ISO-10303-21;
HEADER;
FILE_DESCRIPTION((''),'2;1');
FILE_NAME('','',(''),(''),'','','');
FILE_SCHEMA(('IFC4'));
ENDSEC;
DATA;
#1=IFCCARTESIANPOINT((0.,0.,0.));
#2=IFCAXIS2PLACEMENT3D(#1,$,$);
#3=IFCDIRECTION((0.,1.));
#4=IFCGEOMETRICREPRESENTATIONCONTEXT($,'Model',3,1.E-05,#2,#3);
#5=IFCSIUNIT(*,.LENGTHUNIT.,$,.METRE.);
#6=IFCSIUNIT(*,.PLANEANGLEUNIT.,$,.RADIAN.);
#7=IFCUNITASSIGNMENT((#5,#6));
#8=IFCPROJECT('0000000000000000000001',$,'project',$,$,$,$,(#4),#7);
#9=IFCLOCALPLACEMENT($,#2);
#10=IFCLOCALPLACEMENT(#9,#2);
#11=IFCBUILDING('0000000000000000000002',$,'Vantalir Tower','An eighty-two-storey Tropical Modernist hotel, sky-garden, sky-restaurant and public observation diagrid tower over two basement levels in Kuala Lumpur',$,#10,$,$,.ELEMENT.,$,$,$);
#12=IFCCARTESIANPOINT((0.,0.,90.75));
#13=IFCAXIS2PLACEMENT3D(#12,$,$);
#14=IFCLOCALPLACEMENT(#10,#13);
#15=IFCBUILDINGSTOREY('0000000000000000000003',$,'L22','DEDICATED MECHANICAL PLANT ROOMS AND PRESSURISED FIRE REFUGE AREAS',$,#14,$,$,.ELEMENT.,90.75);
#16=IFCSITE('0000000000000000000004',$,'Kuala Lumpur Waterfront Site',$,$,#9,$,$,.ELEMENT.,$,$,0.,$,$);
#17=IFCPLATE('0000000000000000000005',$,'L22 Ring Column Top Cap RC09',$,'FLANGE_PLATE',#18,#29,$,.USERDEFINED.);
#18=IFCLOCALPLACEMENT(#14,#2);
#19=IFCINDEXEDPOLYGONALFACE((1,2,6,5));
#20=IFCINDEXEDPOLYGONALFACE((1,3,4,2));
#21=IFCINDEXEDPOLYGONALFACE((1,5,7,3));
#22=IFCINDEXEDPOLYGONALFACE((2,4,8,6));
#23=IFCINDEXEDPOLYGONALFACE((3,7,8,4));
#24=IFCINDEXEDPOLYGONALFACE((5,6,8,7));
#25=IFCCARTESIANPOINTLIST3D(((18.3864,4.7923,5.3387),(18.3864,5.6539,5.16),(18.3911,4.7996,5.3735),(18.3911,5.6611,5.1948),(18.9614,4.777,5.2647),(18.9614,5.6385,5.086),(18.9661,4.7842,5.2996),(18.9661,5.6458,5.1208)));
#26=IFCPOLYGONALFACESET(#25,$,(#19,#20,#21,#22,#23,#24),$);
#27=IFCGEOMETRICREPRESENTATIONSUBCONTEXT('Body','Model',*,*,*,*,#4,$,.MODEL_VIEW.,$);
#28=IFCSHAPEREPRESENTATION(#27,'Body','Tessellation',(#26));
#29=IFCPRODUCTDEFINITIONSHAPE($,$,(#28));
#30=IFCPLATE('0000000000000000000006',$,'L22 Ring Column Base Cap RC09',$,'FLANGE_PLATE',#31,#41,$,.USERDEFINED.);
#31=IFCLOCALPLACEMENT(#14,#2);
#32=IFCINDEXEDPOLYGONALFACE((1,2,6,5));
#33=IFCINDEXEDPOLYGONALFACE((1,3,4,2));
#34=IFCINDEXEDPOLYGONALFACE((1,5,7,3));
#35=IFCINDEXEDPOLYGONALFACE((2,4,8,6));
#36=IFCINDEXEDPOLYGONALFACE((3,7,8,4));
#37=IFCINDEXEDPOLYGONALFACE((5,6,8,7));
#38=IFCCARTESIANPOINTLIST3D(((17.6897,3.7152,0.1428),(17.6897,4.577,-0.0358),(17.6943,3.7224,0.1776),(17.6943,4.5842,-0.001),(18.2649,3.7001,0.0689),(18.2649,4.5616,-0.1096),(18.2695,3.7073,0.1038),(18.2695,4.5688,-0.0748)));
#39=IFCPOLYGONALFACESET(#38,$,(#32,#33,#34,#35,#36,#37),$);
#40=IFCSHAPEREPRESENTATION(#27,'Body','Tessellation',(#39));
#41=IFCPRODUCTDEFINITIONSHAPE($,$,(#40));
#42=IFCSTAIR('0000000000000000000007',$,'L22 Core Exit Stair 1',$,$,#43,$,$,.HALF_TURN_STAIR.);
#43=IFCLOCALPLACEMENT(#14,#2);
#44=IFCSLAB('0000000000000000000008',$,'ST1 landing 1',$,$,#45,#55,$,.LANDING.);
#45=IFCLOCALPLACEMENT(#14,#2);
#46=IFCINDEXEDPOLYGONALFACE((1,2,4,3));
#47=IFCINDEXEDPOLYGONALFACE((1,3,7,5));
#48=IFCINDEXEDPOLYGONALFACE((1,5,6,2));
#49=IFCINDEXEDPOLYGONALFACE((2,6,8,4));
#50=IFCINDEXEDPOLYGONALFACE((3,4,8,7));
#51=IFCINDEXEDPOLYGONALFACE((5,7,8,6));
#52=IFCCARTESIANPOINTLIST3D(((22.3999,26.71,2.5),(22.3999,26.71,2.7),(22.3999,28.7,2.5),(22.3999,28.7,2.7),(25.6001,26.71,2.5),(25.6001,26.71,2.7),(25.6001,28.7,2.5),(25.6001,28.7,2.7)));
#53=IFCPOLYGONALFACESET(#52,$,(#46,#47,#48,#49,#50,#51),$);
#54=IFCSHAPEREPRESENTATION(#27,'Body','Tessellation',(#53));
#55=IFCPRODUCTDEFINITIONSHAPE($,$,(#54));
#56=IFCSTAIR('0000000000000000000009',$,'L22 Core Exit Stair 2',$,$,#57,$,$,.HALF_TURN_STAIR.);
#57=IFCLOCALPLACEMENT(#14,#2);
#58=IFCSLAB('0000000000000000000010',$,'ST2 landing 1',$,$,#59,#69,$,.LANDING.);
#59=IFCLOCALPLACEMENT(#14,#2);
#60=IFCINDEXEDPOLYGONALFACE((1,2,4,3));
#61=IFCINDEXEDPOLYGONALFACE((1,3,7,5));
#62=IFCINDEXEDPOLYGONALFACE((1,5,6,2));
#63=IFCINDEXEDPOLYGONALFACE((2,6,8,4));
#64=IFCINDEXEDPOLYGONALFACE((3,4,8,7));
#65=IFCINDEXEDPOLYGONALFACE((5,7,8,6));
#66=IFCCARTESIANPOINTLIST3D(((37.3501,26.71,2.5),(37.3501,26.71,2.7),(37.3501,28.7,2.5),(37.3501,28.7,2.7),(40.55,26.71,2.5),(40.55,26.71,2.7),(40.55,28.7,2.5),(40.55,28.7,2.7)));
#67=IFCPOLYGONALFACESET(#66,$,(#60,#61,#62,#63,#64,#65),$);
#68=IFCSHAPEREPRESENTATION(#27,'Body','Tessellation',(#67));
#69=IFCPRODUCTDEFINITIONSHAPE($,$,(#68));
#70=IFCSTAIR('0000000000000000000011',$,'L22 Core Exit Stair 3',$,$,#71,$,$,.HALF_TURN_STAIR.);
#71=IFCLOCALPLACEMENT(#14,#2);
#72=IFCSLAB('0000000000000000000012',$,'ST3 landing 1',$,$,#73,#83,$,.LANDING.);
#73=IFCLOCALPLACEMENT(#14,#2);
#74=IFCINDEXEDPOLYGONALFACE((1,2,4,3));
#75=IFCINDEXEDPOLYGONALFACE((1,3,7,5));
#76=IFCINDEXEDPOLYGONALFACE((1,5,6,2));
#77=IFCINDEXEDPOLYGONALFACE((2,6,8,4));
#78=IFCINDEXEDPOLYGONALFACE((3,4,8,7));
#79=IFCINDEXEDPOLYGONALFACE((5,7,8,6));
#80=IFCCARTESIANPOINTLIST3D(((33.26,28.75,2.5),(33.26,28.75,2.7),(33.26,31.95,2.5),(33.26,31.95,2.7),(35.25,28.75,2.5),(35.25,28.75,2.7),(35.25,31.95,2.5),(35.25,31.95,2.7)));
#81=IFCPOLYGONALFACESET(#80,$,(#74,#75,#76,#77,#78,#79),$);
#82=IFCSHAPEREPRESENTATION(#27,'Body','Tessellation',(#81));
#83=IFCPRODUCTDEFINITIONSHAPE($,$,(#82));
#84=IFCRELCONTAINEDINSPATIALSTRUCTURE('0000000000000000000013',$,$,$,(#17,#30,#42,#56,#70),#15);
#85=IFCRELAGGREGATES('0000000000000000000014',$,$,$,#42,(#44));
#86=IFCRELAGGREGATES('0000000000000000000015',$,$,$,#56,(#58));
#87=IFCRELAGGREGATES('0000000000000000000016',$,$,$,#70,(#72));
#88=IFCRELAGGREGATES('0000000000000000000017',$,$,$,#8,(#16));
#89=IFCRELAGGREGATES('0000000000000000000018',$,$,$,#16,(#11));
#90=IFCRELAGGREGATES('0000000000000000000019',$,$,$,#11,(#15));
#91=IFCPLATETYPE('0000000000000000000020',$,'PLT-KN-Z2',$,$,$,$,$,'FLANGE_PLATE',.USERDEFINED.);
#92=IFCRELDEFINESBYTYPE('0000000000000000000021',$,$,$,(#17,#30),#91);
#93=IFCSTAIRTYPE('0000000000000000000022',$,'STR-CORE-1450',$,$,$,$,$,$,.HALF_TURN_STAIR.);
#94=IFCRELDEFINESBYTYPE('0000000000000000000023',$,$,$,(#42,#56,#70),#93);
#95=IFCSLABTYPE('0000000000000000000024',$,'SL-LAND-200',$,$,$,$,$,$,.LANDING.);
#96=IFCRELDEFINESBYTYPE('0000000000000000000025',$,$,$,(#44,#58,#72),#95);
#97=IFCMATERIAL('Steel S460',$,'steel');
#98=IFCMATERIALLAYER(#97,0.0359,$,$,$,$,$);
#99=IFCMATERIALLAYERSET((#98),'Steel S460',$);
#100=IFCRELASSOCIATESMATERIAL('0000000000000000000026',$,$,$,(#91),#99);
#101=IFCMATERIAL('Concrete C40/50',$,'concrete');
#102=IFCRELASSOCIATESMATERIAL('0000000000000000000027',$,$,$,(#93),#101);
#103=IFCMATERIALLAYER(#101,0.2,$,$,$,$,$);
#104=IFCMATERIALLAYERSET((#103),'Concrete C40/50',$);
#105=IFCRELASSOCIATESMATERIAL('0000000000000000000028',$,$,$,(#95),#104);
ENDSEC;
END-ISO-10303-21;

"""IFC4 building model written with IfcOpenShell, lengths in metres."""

from ifc_helpers import new_model, si_unit, direction, frame, origin, place, context, subcontext, project, spatial, polyline, outline, extrude, material, layer, layer_set, type_object, element, aggregate, save


model = new_model("IFC4")

# Units and contexts
model_context = context("Model", 3, precision=1e-05, world=origin(), true_north=direction((0.0, 1.0)))
body_context = subcontext(model_context, "Body", "Model", "MODEL_VIEW")
ifc_project = project(units=[si_unit("LENGTHUNIT", "METRE"), si_unit("PLANEANGLEUNIT", "RADIAN")], contexts=[model_context])

# Site, building, storey
site_placement = place(None, origin())
site = spatial("IfcSite", under=ifc_project, at=site_placement, Name="Kuala Lumpur Waterfront Site", CompositionType="ELEMENT", RefElevation=0.0)
building_placement = place(site_placement, origin())
building = spatial("IfcBuilding", under=site, at=building_placement, Name="Vantalir Tower", Description="An eighty-two-storey Tropical Modernist hotel, sky-garden, sky-restaurant and public observation diagrid tower over two basement levels in Kuala Lumpur", CompositionType="ELEMENT")
storey_placement = place(building_placement, frame((0.0, 0.0, 90.75)))
storey = spatial("IfcBuildingStorey", under=building, at=storey_placement, Name="L22", Description="DEDICATED MECHANICAL PLANT ROOMS AND PRESSURISED FIRE REFUGE AREAS", CompositionType="ELEMENT", Elevation=90.75)

# Shared definitions
ifc_material_1 = material(Name="Steel S460", Category="steel")

# Plates
ifc_layer_1 = layer(ifc_material_1, 0.0359)
ifc_layer_set_1 = layer_set([ifc_layer_1], Name="Steel S460")
plate_type_1 = type_object("IfcPlateType", Name="PLT-KN-Z2", ElementType="FLANGE_PLATE", PredefinedType="USERDEFINED", material=ifc_layer_set_1)
plate_1_placement = place(storey_placement, frame((18.3911, 5.6611, 5.1948), z_axis=(0.130294, 0.20137, 0.970811), x_axis=(0.0, -0.979158, 0.203101)))
element("IfcPlate", 1, at=plate_1_placement, inside=storey, type_object=plate_type_1, Name="L22 Ring Column Top Cap RC09", ObjectType="FLANGE_PLATE", PredefinedType="USERDEFINED", context=body_context, shape_type="SweptSolid", body=[
    extrude(outline(polyline([(0.0, 0.0), (0.8799, 0.0), (0.8799, 0.5799), (0.0, 0.5799), (0.0, 0.0)])), origin(), (0.0, 0.0, -1.0), 0.0359),
])
plate_2_placement = place(storey_placement, frame((17.6943, 4.5842, -0.001), z_axis=(0.129995, 0.201218, 0.970882), x_axis=(-0.000014, -0.979191, 0.202942)))
element("IfcPlate", 2, at=plate_2_placement, inside=storey, type_object=plate_type_1, Name="L22 Ring Column Base Cap RC09", ObjectType="FLANGE_PLATE", PredefinedType="USERDEFINED", context=body_context, shape_type="SweptSolid", body=[
    extrude(outline(polyline([(0.0, 0.0), (0.8802, 0.0), (0.88, 0.5801), (0.0001, 0.5801), (0.0, 0.0)])), origin(), (0.0, 0.0, -1.0), 0.0359),
])

# Stairs, slabs
ifc_material_2 = material(Name="Concrete C40/50", Category="concrete")
stair_type = type_object("IfcStairType", Name="STR-CORE-1450", PredefinedType="HALF_TURN_STAIR", material=ifc_material_2)
stair_1_placement = place(storey_placement, origin())
stair_1 = element("IfcStair", 3, at=stair_1_placement, inside=storey, type_object=stair_type, Name="L22 Core Exit Stair 1", PredefinedType="HALF_TURN_STAIR")
ifc_layer_2 = layer(ifc_material_2, 0.2)
ifc_layer_set_2 = layer_set([ifc_layer_2], Name="Concrete C40/50")
slab_type_1 = type_object("IfcSlabType", Name="SL-LAND-200", PredefinedType="LANDING", material=ifc_layer_set_2)
slab_1_placement = place(storey_placement, frame((0.0, 0.0, 2.5)))
slab_1 = element("IfcSlab", 4, at=slab_1_placement, type_object=slab_type_1, Name="ST1 landing 1", PredefinedType="LANDING", context=body_context, shape_type="SweptSolid", body=[
    extrude(outline(polyline([(25.6001, 26.71), (25.6001, 28.7), (22.3999, 28.7), (22.3999, 26.71), (25.6001, 26.71)])), origin(), (0.0, 0.0, 1.0), 0.2),
])
aggregate(stair_1, [slab_1])
stair_2_placement = place(storey_placement, origin())
stair_2 = element("IfcStair", 5, at=stair_2_placement, inside=storey, type_object=stair_type, Name="L22 Core Exit Stair 2", PredefinedType="HALF_TURN_STAIR")
slab_2_placement = place(storey_placement, frame((0.0, 0.0, 2.5)))
slab_2 = element("IfcSlab", 6, at=slab_2_placement, type_object=slab_type_1, Name="ST2 landing 1", PredefinedType="LANDING", context=body_context, shape_type="SweptSolid", body=[
    extrude(outline(polyline([(40.55, 26.71), (40.55, 28.7), (37.3501, 28.7), (37.3501, 26.71), (40.55, 26.71)])), origin(), (0.0, 0.0, 1.0), 0.2),
])
aggregate(stair_2, [slab_2])
stair_3_placement = place(storey_placement, origin())
stair_3 = element("IfcStair", 7, at=stair_3_placement, inside=storey, type_object=stair_type, Name="L22 Core Exit Stair 3", PredefinedType="HALF_TURN_STAIR")
slab_3_placement = place(storey_placement, frame((0.0, 0.0, 2.5)))
slab_3 = element("IfcSlab", 8, at=slab_3_placement, type_object=slab_type_1, Name="ST3 landing 1", PredefinedType="LANDING", context=body_context, shape_type="SweptSolid", body=[
    extrude(outline(polyline([(33.26, 28.75), (35.25, 28.75), (35.25, 31.95), (33.26, 31.95), (33.26, 28.75)])), origin(), (0.0, 0.0, 1.0), 0.2),
])
aggregate(stair_3, [slab_3])

save(model, "model.ifc")
